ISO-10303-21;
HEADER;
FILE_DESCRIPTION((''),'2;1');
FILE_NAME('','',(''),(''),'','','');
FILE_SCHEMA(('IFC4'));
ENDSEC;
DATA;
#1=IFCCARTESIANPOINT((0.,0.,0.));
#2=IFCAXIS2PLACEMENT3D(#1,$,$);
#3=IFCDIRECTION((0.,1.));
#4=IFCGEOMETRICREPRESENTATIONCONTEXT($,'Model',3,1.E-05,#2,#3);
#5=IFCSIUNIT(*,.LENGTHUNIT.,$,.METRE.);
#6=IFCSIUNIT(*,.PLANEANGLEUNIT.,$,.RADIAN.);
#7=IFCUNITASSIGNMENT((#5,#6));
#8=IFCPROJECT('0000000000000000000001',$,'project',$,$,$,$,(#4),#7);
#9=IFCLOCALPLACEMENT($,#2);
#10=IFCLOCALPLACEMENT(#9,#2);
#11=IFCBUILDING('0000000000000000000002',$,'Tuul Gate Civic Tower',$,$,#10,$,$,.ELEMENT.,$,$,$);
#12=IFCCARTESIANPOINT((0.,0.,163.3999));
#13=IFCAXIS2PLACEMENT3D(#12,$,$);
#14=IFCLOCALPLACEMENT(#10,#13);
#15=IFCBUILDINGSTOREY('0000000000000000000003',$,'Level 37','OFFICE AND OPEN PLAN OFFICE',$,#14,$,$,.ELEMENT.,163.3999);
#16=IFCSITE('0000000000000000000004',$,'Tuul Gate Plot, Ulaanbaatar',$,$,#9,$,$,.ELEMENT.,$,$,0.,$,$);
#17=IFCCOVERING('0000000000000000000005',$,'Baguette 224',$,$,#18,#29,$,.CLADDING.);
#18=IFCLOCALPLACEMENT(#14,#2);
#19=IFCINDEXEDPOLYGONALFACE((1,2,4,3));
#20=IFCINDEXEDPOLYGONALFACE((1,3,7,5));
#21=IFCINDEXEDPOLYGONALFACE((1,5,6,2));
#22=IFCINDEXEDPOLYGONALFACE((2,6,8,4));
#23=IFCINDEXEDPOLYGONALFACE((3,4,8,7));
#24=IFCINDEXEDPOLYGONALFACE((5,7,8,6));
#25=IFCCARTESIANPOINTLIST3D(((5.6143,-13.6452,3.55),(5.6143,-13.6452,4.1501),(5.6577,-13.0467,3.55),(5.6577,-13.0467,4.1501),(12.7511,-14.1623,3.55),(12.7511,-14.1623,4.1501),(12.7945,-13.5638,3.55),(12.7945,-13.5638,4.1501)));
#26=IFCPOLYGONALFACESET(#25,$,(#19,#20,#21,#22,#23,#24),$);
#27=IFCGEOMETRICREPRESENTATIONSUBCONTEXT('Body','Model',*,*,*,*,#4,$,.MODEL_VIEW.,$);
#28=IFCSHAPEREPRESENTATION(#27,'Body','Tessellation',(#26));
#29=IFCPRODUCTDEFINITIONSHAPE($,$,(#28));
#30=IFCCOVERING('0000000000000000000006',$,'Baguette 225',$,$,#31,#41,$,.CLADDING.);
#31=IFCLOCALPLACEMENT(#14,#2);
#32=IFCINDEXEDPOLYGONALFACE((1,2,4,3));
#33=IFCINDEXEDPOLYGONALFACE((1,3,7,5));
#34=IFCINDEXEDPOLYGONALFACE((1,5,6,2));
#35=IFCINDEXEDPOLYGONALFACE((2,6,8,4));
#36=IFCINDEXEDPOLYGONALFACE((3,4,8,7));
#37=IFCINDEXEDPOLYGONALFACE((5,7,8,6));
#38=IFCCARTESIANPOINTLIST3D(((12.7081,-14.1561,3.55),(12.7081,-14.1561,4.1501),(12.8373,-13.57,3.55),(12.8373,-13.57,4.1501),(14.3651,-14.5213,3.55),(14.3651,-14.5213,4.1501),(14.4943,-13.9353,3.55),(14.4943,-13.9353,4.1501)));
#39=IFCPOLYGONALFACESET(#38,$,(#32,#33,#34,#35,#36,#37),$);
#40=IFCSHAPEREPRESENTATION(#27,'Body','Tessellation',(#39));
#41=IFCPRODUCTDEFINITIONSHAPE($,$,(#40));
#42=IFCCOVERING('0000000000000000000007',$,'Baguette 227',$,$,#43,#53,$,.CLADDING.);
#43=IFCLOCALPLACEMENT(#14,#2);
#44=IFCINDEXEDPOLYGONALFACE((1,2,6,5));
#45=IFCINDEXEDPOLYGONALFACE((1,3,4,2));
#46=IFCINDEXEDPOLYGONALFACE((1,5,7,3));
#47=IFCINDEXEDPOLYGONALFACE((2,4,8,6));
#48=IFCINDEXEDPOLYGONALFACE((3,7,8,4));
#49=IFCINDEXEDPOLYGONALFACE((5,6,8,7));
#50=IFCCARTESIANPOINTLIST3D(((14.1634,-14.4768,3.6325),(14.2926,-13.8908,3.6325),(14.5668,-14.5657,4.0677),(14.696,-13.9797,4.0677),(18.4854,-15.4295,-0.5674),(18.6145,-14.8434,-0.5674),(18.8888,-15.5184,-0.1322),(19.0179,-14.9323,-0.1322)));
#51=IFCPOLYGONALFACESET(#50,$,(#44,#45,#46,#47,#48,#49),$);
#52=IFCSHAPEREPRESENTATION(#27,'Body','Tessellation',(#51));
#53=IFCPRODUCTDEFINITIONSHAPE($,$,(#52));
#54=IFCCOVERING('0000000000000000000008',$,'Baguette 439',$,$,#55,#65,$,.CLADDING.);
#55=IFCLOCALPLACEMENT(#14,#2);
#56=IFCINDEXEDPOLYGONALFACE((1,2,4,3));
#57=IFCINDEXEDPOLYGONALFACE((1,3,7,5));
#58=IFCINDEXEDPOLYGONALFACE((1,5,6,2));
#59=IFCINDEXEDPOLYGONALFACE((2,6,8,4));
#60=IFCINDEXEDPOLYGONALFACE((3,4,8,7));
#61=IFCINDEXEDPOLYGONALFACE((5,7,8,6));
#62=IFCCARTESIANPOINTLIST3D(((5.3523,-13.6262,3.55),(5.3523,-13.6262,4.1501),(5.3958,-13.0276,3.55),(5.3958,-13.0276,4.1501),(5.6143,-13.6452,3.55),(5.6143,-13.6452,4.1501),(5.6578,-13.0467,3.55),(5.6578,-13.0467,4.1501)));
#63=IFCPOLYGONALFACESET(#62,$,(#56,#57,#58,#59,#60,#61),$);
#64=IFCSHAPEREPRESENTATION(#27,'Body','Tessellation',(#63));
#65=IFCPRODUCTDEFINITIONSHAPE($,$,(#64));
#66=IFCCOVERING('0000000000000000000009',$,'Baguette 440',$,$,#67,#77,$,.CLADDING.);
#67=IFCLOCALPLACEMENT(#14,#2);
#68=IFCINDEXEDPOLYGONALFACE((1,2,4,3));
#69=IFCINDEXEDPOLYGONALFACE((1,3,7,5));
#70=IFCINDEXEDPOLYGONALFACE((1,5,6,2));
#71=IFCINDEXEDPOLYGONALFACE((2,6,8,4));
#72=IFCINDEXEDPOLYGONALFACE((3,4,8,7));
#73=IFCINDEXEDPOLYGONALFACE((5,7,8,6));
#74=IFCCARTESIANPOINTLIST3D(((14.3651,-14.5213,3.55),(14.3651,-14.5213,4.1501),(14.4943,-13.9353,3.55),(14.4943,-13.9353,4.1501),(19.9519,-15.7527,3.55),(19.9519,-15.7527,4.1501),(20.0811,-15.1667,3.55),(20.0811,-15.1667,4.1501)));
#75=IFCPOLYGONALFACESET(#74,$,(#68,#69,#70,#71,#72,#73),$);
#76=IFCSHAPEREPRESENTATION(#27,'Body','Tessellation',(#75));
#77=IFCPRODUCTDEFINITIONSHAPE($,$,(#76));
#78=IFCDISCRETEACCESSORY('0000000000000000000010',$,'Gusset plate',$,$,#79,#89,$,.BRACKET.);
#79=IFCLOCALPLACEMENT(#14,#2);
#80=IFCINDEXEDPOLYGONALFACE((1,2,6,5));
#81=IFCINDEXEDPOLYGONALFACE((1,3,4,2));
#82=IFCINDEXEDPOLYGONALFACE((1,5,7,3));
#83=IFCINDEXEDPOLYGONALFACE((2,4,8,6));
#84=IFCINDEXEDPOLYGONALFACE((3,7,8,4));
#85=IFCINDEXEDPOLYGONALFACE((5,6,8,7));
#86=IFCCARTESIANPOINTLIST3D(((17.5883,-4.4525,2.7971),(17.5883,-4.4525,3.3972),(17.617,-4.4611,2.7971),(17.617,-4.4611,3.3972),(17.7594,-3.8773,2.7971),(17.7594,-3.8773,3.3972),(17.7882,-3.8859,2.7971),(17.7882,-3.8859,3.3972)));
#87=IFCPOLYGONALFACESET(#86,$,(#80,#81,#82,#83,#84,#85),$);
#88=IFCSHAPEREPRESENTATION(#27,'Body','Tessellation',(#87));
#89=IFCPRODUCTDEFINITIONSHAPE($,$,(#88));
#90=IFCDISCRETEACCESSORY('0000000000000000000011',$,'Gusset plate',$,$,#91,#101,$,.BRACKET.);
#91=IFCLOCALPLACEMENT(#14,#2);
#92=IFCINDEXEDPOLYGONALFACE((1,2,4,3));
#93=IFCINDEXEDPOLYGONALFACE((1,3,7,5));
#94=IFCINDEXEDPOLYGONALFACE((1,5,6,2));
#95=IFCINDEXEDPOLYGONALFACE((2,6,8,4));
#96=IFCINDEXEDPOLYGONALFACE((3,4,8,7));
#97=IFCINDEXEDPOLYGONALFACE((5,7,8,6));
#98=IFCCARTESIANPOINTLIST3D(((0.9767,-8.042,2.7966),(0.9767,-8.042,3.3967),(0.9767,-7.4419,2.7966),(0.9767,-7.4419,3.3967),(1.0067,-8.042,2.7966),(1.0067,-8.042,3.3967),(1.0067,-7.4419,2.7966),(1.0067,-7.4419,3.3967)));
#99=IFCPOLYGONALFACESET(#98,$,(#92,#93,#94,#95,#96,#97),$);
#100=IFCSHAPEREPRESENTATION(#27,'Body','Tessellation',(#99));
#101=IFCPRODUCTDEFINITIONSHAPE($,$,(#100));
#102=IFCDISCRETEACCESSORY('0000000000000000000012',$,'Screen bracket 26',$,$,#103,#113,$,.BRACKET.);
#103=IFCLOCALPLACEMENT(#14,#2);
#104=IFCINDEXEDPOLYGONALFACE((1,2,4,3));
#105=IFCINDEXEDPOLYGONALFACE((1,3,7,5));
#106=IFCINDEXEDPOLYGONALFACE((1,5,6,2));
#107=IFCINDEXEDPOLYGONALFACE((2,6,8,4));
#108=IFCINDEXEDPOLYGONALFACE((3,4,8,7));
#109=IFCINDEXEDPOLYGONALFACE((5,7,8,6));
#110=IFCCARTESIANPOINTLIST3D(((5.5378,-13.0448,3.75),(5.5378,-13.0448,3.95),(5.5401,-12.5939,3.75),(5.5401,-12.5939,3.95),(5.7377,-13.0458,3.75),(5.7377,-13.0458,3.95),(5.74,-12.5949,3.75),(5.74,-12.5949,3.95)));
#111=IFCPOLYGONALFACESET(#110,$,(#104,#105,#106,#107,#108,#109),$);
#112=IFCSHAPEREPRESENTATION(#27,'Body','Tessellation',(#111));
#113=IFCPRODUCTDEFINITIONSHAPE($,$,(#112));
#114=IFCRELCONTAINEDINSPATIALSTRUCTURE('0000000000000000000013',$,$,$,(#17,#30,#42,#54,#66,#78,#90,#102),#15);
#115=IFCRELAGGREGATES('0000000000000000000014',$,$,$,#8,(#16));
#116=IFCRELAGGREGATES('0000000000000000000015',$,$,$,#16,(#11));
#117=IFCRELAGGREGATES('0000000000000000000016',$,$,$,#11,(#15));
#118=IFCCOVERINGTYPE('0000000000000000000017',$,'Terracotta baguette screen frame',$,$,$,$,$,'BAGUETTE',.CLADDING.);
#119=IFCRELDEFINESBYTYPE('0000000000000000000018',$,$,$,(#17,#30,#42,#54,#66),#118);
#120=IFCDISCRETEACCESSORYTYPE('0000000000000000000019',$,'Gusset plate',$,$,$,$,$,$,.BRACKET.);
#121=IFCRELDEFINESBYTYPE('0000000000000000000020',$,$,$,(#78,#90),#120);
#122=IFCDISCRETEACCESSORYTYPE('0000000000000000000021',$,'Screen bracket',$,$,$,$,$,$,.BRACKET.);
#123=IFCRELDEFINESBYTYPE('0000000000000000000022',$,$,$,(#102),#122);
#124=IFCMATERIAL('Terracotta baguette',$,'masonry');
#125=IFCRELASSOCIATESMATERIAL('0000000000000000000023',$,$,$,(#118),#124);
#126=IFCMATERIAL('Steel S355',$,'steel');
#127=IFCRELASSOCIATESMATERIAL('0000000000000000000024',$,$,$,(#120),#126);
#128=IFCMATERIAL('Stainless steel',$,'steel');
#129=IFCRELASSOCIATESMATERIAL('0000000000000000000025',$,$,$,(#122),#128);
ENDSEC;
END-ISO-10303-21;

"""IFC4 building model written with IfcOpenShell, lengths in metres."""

from ifc_helpers import new_model, si_unit, direction, frame, origin, origin_2d, place, context, subcontext, project, spatial, rectangle, extrude, material, material_profile, profile_set, type_object, element, save


model = new_model("IFC4")

# Units and contexts
model_context = context("Model", 3, precision=1e-05, world=origin(), true_north=direction((0.0, 1.0)))
body_context = subcontext(model_context, "Body", "Model", "MODEL_VIEW")
ifc_project = project(units=[si_unit("LENGTHUNIT", "METRE"), si_unit("PLANEANGLEUNIT", "RADIAN")], contexts=[model_context])

# Site, building, storey
site_placement = place(None, origin())
site = spatial("IfcSite", under=ifc_project, at=site_placement, Name="Tuul Gate Plot, Ulaanbaatar", CompositionType="ELEMENT", RefElevation=0.0)
building_placement = place(site_placement, origin())
building = spatial("IfcBuilding", under=site, at=building_placement, Name="Tuul Gate Civic Tower", CompositionType="ELEMENT")
storey_placement = place(building_placement, frame((0.0, 0.0, 163.3999)))
storey = spatial("IfcBuildingStorey", under=building, at=storey_placement, Name="Level 37", Description="OFFICE AND OPEN PLAN OFFICE", CompositionType="ELEMENT", Elevation=163.3999)

# Coverings
ifc_material_1 = material(Name="Terracotta baguette", Category="masonry")
ifc_material_profile_1 = material_profile(ifc_material_1, rectangle(XDim=0.6001, YDim=0.6001, at=origin_2d()), Name="Terracotta baguette screen frame")
ifc_profile_set_1 = profile_set([ifc_material_profile_1], Name="Terracotta baguette")
covering_type = type_object("IfcCoveringType", Name="Terracotta baguette screen frame", ElementType="BAGUETTE", PredefinedType="CLADDING", material=ifc_profile_set_1)
covering_1_placement = place(storey_placement, frame((5.636, -13.3459, 3.8501), z_axis=(0.997385, -0.072265, 0.0), x_axis=(0.072265, 0.997385, 0.0)))
element("IfcCovering", 1, at=covering_1_placement, inside=storey, type_object=covering_type, Name="Baguette 224", PredefinedType="CLADDING", context=body_context, shape_type="SweptSolid", body=[
    extrude(rectangle(XDim=0.6001, YDim=0.6001, at=origin_2d()), origin(), (0.0, 0.0, 1.0), 7.1555),
])
covering_2_placement = place(storey_placement, frame((12.7727, -13.863, 3.8501), z_axis=(0.976558, -0.215254, 0.0), x_axis=(0.215254, 0.976558, 0.0)))
element("IfcCovering", 2, at=covering_2_placement, inside=storey, type_object=covering_type, Name="Baguette 225", PredefinedType="CLADDING", context=body_context, shape_type="SweptSolid", body=[
    extrude(rectangle(XDim=0.6001, YDim=0.6001, at=origin_2d()), origin(), (0.0, 0.0, 1.0), 1.6968),
])
covering_3_placement = place(storey_placement, frame((14.4297, -14.2283, 3.8501), z_axis=(0.708367, -0.156134, -0.68836), x_axis=(0.215248, 0.976559, 0.0)))
element("IfcCovering", 3, at=covering_3_placement, inside=storey, type_object=covering_type, Name="Baguette 227", PredefinedType="CLADDING", context=body_context, shape_type="SweptSolid", body=[
    extrude(rectangle(XDim=0.6001, YDim=0.6001, at=origin_2d()), origin(), (0.0, 0.0, 1.0), 6.1013),
])
covering_4_placement = place(storey_placement, frame((5.374, -13.3269, 3.8501), z_axis=(0.997368, -0.072502, 0.0), x_axis=(0.072502, 0.997368, 0.0)))
element("IfcCovering", 4, at=covering_4_placement, inside=storey, type_object=covering_type, Name="Baguette 439", PredefinedType="CLADDING", context=body_context, shape_type="SweptSolid", body=[
    extrude(rectangle(XDim=0.6001, YDim=0.6001, at=origin_2d()), origin(), (0.0, 0.0, 1.0), 0.2627),
])
covering_5_placement = place(storey_placement, frame((14.4297, -14.2283, 3.8501), z_axis=(0.976559, -0.215249, 0.0), x_axis=(0.215249, 0.976559, 0.0)))
element("IfcCovering", 5, at=covering_5_placement, inside=storey, type_object=covering_type, Name="Baguette 440", PredefinedType="CLADDING", context=body_context, shape_type="SweptSolid", body=[
    extrude(rectangle(XDim=0.6001, YDim=0.6001, at=origin_2d()), origin(), (0.0, 0.0, 1.0), 5.7209),
])

# Discrete accessories
ifc_material_2 = material(Name="Steel S355", Category="steel")
discrete_accessory_type_1 = type_object("IfcDiscreteAccessoryType", Name="Gusset plate", PredefinedType="BRACKET", material=ifc_material_2)
for number, where, z_axis, x_axis, name in (
    (6, (17.6882, -4.1692, 2.7971), (0.0, 0.0, 1.0), (0.285212, 0.958464, 0.0), "Gusset plate"),
    (7, (0.9917, -7.7419, 2.7966), (0.0, 0.0, 1.0), (0.0, 1.0, 0.0), "Gusset plate"),
):
    element("IfcDiscreteAccessory", number, at=place(storey_placement, frame(where, z_axis=z_axis, x_axis=x_axis)), inside=storey, type_object=discrete_accessory_type_1, Name=name, PredefinedType="BRACKET", context=body_context, shape_type="SweptSolid", body=[
        extrude(rectangle(XDim=0.6001, YDim=0.03, at=origin_2d()), origin(), (0.0, 0.0, 1.0), 0.6001),
    ])
ifc_material_3 = material(Name="Stainless steel", Category="steel")
discrete_accessory_type_2 = type_object("IfcDiscreteAccessoryType", Name="Screen bracket", PredefinedType="BRACKET", material=ifc_material_3)
discrete_accessory_placement = place(storey_placement, frame((5.6389, -12.8198, 3.75), z_axis=(0.0, 0.0, 1.0), x_axis=(-0.005109, -0.999987, 0.0)))
element("IfcDiscreteAccessory", 8, at=discrete_accessory_placement, inside=storey, type_object=discrete_accessory_type_2, Name="Screen bracket 26", PredefinedType="BRACKET", context=body_context, shape_type="SweptSolid", body=[
    extrude(rectangle(XDim=0.4509, YDim=0.2, at=origin_2d()), origin(), (0.0, 0.0, 1.0), 0.2),
])

save(model, "model.ifc")
